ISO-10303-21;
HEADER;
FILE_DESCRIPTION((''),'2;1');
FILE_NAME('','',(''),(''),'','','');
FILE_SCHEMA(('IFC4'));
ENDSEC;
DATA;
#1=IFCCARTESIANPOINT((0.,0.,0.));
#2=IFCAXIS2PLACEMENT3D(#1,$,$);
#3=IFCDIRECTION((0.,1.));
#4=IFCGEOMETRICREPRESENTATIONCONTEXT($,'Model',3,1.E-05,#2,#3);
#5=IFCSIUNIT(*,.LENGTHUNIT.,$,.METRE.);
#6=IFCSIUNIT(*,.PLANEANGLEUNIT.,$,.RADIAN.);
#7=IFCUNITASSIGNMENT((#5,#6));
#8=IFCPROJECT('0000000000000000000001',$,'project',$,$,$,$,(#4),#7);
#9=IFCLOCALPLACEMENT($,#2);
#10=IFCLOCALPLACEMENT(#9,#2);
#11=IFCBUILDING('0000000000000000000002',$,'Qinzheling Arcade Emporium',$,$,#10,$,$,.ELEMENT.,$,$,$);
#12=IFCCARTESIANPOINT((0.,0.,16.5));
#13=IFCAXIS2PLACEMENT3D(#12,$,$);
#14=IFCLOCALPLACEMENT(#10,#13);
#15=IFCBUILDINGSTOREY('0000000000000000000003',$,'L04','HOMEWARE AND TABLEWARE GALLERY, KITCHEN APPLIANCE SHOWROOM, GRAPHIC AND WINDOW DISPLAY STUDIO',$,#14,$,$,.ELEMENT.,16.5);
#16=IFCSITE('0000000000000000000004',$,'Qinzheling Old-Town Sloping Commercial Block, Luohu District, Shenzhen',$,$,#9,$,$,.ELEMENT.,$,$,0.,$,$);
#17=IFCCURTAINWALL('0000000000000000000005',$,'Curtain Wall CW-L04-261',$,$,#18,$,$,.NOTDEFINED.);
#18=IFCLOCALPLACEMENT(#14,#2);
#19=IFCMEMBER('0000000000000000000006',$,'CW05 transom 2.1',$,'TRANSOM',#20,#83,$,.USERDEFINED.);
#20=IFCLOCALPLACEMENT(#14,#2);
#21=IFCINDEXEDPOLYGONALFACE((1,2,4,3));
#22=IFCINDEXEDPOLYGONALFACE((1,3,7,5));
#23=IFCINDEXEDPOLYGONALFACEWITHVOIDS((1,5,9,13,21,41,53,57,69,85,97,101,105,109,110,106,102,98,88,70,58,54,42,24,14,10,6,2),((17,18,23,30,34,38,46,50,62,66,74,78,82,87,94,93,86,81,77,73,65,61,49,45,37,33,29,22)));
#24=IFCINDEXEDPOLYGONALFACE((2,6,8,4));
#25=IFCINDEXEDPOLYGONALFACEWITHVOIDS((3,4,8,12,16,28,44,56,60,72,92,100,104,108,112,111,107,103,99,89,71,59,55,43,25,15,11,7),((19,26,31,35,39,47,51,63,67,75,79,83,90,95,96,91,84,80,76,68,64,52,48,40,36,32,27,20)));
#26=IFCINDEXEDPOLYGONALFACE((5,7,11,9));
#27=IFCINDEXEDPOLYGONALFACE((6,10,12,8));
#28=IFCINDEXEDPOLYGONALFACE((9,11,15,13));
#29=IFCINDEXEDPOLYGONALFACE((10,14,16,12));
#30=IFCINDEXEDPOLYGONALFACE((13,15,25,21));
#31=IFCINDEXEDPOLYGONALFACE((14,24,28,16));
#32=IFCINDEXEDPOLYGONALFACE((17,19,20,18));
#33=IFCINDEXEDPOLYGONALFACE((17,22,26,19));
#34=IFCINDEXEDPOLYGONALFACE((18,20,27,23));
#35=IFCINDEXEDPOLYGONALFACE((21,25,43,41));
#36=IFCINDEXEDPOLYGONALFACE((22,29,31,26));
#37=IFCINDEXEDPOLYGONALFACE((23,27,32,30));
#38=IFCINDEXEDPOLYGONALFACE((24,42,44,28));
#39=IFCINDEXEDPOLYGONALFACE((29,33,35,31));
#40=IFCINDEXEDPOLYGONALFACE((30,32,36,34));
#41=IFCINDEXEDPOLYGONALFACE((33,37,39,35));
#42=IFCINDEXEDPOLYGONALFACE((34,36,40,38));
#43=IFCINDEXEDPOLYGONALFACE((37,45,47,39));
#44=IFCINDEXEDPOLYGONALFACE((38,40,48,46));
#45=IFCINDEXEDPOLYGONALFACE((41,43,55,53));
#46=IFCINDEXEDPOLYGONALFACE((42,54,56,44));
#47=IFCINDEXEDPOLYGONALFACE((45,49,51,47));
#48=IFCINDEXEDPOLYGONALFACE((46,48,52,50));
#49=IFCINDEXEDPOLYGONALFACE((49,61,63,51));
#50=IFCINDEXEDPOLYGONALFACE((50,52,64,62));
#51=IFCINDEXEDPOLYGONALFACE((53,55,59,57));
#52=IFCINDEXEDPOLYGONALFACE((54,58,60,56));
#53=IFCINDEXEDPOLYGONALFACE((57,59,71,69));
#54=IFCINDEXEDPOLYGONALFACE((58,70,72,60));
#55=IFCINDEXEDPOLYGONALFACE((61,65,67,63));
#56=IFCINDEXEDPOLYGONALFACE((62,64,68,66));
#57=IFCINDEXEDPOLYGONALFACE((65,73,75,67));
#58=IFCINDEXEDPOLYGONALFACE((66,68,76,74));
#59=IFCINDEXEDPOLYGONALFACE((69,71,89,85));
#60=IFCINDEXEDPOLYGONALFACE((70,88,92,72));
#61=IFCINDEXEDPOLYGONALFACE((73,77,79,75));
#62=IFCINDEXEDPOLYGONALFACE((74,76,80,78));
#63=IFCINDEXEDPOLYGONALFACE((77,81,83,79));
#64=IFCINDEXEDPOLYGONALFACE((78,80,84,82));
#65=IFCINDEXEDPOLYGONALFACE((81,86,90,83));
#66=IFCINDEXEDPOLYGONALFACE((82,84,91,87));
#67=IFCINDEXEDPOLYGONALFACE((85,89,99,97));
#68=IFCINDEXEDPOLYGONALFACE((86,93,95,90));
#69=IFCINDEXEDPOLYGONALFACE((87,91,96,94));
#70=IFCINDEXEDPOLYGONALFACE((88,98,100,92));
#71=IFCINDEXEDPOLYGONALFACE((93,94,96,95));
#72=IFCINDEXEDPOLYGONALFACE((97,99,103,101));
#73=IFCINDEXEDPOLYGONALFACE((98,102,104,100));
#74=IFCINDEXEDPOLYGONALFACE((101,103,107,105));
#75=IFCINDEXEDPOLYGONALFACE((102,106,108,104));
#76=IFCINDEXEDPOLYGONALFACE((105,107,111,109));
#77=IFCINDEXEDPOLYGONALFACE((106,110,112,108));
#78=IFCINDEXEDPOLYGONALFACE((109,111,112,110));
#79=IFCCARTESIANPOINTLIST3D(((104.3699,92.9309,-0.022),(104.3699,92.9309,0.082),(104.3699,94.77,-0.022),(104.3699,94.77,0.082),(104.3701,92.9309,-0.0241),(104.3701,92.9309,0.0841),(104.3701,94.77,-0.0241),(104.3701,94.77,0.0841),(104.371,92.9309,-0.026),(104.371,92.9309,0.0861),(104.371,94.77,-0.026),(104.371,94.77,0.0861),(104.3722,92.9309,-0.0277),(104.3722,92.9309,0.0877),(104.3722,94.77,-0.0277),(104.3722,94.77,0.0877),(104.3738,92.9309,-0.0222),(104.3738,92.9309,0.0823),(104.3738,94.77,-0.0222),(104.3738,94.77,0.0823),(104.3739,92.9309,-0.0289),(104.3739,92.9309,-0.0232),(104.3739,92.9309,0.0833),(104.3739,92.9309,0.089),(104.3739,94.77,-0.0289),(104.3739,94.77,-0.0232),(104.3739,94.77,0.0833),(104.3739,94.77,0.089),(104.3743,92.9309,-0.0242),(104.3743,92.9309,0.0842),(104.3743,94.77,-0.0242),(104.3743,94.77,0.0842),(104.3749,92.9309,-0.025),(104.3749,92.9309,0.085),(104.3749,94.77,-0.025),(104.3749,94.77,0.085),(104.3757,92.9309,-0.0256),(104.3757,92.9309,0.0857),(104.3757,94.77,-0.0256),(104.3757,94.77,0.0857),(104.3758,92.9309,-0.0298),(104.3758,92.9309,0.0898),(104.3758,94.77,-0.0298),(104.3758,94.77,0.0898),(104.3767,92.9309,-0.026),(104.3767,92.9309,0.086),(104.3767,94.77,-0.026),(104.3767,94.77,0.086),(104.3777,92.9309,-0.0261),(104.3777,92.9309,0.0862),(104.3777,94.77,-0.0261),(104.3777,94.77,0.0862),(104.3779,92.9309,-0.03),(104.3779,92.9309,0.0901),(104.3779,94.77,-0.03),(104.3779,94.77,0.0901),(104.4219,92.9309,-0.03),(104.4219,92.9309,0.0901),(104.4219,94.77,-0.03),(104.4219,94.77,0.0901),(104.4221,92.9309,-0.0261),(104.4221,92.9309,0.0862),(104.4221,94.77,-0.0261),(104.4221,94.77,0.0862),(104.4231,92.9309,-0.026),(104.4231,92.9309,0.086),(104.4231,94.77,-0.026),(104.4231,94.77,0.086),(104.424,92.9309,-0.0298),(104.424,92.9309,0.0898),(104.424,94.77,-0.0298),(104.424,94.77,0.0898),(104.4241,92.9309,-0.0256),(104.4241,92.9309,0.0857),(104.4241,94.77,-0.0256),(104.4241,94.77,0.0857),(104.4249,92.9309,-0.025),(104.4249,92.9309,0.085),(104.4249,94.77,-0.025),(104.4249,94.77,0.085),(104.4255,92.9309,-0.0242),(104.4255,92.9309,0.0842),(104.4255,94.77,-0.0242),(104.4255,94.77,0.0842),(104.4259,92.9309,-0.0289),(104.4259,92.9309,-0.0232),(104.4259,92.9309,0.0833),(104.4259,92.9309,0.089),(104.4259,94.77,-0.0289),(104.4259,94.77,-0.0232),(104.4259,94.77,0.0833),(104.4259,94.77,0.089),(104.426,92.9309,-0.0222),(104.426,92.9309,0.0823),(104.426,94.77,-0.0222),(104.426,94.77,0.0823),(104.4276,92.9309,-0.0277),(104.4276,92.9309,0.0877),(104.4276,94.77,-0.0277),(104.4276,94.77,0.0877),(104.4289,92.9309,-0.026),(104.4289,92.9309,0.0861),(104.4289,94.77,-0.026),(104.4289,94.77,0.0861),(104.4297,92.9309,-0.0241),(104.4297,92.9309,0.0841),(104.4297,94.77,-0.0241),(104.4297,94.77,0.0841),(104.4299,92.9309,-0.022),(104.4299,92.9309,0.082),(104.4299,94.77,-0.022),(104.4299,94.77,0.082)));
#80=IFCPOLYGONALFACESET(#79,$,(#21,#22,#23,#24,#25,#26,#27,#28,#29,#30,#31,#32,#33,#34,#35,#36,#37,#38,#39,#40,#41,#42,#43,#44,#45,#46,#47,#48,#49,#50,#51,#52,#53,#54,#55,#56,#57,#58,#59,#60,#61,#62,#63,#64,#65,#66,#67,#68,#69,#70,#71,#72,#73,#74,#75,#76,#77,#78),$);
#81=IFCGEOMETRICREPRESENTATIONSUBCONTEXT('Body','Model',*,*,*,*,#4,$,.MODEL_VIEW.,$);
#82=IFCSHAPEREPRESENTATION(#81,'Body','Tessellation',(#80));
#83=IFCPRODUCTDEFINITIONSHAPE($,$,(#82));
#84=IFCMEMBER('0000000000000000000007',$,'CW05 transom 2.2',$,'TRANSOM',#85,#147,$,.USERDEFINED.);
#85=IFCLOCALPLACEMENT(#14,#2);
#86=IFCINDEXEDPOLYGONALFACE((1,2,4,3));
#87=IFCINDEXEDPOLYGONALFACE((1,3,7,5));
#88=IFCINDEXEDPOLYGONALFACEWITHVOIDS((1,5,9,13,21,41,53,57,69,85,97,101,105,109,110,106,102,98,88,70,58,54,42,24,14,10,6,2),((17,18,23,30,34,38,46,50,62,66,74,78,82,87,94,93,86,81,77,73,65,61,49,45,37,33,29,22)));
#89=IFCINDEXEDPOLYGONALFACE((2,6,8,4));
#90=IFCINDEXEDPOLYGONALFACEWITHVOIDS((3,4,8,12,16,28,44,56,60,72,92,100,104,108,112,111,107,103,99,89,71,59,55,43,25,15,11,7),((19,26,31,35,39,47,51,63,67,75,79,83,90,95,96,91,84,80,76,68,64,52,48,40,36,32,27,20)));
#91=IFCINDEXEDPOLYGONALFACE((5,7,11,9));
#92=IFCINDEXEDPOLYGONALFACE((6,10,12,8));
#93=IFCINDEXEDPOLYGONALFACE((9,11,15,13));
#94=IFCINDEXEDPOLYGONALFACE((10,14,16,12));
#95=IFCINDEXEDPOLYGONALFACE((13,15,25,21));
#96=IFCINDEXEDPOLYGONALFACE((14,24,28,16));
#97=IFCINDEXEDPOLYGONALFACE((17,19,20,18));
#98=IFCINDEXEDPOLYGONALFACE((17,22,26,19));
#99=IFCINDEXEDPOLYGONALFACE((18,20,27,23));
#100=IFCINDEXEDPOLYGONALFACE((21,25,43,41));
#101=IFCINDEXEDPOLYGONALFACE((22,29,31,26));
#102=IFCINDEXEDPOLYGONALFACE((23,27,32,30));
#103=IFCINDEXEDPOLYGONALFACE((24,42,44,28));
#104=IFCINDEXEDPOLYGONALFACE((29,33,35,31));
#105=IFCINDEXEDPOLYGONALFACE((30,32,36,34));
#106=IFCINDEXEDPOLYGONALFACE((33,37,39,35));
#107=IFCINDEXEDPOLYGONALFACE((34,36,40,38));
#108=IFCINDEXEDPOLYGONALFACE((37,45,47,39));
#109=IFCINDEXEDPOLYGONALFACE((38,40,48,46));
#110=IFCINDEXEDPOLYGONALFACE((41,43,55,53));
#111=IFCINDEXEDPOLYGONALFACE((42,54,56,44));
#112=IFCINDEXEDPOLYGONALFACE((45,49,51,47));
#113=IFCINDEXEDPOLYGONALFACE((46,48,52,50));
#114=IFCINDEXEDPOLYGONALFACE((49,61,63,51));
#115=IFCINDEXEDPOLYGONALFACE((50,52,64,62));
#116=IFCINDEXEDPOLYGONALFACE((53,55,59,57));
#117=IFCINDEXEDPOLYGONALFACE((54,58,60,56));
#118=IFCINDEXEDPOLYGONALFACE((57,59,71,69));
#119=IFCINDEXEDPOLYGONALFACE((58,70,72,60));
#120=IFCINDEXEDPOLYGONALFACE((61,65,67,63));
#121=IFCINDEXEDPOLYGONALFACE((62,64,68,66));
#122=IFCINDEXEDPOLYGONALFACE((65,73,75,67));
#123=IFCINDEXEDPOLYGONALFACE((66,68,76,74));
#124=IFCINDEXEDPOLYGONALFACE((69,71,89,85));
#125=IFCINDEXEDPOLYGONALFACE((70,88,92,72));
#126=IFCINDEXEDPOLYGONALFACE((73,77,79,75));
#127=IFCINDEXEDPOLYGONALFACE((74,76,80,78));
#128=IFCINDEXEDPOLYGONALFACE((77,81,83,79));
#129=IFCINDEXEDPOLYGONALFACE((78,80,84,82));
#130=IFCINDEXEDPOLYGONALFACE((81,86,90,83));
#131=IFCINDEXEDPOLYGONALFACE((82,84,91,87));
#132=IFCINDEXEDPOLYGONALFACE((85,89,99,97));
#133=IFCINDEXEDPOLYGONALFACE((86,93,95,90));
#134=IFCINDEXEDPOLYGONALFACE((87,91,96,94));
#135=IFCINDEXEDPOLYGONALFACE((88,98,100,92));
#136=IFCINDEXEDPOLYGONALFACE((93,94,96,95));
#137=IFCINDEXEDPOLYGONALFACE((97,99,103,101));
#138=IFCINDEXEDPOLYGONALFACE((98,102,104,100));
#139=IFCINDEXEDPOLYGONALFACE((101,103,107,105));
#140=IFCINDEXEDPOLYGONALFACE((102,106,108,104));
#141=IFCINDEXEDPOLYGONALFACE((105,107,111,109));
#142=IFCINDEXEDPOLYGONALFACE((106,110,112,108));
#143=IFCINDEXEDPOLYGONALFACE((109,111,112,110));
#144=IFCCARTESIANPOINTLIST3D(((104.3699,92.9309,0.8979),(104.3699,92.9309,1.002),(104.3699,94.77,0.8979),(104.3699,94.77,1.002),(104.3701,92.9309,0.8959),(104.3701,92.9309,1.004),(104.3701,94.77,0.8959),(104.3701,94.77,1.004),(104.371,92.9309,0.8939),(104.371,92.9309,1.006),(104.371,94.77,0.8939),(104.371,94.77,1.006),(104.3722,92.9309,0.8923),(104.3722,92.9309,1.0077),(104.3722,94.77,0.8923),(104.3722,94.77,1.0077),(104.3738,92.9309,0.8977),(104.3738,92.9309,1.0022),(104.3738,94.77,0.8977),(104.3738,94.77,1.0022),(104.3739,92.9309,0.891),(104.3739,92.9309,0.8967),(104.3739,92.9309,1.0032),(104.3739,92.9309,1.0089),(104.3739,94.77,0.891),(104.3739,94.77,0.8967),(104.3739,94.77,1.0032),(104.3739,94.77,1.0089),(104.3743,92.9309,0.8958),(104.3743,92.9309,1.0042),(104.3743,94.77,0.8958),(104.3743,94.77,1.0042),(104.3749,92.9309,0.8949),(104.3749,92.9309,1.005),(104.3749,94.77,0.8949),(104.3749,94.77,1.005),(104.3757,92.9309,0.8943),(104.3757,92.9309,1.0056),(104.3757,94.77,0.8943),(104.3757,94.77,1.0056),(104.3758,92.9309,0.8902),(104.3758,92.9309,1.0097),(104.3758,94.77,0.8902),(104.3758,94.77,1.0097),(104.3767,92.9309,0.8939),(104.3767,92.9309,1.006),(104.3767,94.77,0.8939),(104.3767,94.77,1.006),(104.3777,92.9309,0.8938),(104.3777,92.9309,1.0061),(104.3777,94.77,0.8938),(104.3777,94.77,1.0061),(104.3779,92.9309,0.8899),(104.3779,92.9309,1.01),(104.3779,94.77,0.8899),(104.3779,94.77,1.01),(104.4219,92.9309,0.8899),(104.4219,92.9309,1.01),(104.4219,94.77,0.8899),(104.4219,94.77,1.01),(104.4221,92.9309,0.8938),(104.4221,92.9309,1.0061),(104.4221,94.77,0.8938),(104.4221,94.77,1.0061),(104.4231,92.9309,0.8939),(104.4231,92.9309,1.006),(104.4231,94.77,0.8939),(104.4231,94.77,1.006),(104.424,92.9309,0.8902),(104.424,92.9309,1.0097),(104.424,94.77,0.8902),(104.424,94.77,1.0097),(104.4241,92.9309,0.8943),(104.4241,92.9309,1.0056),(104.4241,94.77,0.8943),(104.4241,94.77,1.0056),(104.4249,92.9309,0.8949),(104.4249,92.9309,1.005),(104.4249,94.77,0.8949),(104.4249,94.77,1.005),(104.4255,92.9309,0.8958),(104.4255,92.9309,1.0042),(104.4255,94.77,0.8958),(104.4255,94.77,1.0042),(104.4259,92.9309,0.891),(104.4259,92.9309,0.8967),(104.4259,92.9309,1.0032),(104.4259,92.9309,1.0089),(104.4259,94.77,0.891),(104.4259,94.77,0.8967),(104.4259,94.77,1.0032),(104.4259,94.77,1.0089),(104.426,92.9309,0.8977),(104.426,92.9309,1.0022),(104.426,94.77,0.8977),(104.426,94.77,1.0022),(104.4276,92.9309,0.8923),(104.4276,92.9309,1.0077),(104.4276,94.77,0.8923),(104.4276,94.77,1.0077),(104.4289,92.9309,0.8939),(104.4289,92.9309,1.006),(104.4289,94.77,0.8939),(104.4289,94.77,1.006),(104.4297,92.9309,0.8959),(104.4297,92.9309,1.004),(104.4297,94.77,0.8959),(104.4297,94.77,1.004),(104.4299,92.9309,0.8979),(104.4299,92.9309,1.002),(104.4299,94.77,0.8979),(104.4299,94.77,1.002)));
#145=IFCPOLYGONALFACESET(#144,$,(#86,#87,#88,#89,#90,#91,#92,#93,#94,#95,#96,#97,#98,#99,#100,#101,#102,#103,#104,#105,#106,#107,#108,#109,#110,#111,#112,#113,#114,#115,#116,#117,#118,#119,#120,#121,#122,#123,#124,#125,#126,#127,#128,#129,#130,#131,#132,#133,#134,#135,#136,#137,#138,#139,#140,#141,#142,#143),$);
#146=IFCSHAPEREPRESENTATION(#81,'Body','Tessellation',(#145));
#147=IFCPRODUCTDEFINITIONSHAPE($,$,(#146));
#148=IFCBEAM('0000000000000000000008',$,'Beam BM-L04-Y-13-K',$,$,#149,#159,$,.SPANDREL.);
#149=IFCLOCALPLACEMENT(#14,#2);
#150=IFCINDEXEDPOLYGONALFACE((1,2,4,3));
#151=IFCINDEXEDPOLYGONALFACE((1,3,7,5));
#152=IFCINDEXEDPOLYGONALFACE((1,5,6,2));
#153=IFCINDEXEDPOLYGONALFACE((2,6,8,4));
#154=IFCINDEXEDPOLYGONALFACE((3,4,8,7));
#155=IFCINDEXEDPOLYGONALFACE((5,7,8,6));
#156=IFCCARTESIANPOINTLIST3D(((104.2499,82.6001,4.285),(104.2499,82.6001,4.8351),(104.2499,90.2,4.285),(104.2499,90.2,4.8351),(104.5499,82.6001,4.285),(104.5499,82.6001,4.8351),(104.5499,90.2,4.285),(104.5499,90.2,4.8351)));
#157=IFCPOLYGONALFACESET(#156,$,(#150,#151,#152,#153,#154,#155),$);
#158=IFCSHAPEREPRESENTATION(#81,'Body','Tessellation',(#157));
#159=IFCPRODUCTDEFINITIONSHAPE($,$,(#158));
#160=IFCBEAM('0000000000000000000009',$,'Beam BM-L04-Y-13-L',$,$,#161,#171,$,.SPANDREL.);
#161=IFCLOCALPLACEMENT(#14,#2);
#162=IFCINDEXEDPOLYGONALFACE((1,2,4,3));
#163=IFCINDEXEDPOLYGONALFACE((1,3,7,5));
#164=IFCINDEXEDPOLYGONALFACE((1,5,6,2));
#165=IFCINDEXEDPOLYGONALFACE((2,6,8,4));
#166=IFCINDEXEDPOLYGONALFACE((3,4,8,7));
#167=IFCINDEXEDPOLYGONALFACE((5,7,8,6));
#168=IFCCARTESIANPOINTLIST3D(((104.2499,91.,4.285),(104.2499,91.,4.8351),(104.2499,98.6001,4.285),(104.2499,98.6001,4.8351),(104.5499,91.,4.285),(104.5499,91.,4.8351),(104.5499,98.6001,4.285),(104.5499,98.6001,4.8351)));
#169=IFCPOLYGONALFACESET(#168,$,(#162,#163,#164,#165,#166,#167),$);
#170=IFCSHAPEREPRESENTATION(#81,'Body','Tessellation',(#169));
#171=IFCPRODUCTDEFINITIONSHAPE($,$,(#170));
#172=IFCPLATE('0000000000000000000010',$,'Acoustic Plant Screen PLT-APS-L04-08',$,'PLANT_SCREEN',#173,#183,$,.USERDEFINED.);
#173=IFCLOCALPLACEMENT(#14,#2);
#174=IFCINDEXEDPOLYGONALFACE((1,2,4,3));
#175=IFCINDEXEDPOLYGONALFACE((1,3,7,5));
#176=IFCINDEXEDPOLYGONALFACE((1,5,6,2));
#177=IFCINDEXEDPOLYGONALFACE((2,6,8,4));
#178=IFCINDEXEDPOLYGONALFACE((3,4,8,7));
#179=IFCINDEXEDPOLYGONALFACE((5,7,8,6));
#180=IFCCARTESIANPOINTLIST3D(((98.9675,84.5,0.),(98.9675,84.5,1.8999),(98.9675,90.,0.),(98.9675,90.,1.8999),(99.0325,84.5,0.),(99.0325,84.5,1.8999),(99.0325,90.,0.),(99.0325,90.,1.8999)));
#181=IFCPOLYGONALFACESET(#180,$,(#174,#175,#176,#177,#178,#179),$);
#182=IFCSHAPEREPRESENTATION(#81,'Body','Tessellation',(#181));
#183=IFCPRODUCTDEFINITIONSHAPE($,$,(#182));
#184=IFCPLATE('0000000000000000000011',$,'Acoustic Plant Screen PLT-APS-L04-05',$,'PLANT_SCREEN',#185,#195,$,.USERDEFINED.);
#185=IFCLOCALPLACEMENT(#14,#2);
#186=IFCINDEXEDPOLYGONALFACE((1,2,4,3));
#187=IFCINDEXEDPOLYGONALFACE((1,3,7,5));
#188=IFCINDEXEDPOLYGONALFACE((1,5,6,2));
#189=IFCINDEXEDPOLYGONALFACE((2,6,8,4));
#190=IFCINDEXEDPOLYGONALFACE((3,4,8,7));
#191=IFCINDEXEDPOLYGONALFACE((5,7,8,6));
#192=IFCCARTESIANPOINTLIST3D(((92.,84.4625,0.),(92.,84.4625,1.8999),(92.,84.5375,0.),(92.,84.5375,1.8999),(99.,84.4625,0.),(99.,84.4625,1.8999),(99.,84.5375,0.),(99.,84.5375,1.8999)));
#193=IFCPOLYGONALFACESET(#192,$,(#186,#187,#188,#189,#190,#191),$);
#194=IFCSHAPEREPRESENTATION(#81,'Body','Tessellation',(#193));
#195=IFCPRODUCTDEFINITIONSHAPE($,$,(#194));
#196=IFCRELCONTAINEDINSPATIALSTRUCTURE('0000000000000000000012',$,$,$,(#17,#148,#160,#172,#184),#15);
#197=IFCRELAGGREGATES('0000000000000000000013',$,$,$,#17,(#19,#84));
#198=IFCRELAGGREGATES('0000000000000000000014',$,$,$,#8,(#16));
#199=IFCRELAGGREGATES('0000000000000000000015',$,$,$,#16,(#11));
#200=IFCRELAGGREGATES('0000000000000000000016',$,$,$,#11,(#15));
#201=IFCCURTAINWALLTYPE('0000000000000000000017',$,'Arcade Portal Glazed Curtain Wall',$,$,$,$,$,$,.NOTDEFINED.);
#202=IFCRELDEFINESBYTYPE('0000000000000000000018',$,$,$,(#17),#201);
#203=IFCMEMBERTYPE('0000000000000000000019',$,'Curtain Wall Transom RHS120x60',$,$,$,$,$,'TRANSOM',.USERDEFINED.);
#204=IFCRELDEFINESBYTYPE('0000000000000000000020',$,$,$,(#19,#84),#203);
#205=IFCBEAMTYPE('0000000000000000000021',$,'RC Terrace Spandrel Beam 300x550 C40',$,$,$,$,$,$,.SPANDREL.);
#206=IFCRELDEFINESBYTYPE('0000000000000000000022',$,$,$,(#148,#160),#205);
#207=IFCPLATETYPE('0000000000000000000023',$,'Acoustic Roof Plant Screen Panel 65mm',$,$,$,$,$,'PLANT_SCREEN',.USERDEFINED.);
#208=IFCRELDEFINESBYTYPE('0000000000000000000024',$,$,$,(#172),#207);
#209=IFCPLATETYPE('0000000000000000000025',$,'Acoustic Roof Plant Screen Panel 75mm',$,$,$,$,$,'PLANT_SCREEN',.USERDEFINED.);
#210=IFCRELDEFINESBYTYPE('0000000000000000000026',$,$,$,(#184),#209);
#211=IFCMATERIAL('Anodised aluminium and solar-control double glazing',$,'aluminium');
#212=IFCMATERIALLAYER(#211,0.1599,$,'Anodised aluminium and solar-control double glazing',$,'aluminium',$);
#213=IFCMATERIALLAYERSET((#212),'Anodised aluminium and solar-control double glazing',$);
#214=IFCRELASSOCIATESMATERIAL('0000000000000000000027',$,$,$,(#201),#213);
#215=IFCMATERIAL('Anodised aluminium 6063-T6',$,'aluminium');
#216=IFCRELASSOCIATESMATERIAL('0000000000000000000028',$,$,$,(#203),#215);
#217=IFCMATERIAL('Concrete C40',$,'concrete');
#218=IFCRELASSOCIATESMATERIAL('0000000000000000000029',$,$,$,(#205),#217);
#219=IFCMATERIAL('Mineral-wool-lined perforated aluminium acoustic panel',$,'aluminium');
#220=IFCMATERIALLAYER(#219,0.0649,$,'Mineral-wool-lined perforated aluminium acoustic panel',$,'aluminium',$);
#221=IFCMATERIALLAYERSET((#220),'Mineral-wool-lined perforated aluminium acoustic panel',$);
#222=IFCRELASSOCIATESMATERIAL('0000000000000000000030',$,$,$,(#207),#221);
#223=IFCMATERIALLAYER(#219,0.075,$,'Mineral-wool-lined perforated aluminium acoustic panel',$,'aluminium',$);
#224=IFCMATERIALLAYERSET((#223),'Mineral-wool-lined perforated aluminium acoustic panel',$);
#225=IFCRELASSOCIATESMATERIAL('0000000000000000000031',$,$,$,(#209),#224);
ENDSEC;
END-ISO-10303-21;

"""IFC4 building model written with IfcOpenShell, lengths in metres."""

from ifc_helpers import new_model, si_unit, direction, frame, origin, origin_2d, place, context, subcontext, project, spatial, rectangle, hollow_rectangle, extrude, material, layer, layer_set, material_profile, profile_set, type_object, element, aggregate, save


model = new_model("IFC4")

# Units and contexts
model_context = context("Model", 3, precision=1e-05, world=origin(), true_north=direction((0.0, 1.0)))
body_context = subcontext(model_context, "Body", "Model", "MODEL_VIEW")
ifc_project = project(units=[si_unit("LENGTHUNIT", "METRE"), si_unit("PLANEANGLEUNIT", "RADIAN")], contexts=[model_context])

# Site, building, storey
site_placement = place(None, origin())
site = spatial("IfcSite", under=ifc_project, at=site_placement, Name="Qinzheling Old-Town Sloping Commercial Block, Luohu District, Shenzhen", CompositionType="ELEMENT", RefElevation=0.0)
building_placement = place(site_placement, origin())
building = spatial("IfcBuilding", under=site, at=building_placement, Name="Qinzheling Arcade Emporium", CompositionType="ELEMENT")
storey_placement = place(building_placement, frame((0.0, 0.0, 16.5)))
storey = spatial("IfcBuildingStorey", under=building, at=storey_placement, Name="L04", Description="HOMEWARE AND TABLEWARE GALLERY, KITCHEN APPLIANCE SHOWROOM, GRAPHIC AND WINDOW DISPLAY STUDIO", CompositionType="ELEMENT", Elevation=16.5)

# Shared definitions
ifc_material_1 = material(Name="Concrete C40", Category="concrete")

# Curtain wall, members
ifc_material_2 = material(Name="Anodised aluminium and solar-control double glazing", Category="aluminium")
ifc_layer_1 = layer(ifc_material_2, 0.1599, Name="Anodised aluminium and solar-control double glazing", Category="aluminium")
ifc_layer_set_1 = layer_set([ifc_layer_1], Name="Anodised aluminium and solar-control double glazing")
curtain_wall_type = type_object("IfcCurtainWallType", Name="Arcade Portal Glazed Curtain Wall", PredefinedType="NOTDEFINED", material=ifc_layer_set_1)
curtain_wall_placement = place(storey_placement, origin())
curtain_wall = element("IfcCurtainWall", 1, at=curtain_wall_placement, inside=storey, type_object=curtain_wall_type, Name="Curtain Wall CW-L04-261", PredefinedType="NOTDEFINED")
ifc_material_3 = material(Name="Anodised aluminium 6063-T6", Category="aluminium")
ifc_material_profile_1 = material_profile(ifc_material_3, hollow_rectangle(XDim=0.0601, YDim=0.1201, WallThickness=0.0039, InnerFilletRadius=0.0039, OuterFilletRadius=0.0081, at=origin_2d()), Name="RHS 120x60x4", Category="aluminium")
ifc_profile_set_1 = profile_set([ifc_material_profile_1], Name="Anodised aluminium 6063-T6")
member_type_1 = type_object("IfcMemberType", Name="Curtain Wall Transom RHS120x60", ElementType="TRANSOM", PredefinedType="USERDEFINED", material=ifc_profile_set_1)
member_1_placement = place(storey_placement, frame((104.3999, 92.9309, 0.03), z_axis=(0.0, 1.0, 0.0), x_axis=(-1.0, 0.0, 0.0)))
member_1 = element("IfcMember", 2, at=member_1_placement, type_object=member_type_1, Name="CW05 transom 2.1", ObjectType="TRANSOM", PredefinedType="USERDEFINED", context=body_context, shape_type="SweptSolid", body=[
    extrude(hollow_rectangle(XDim=0.0601, YDim=0.1201, WallThickness=0.0039, InnerFilletRadius=0.0039, OuterFilletRadius=0.0081, at=origin_2d()), origin(), (0.0, 0.0, 1.0), 1.8391),
])
member_2_placement = place(storey_placement, frame((104.3999, 92.9309, 0.95), z_axis=(0.0, 1.0, 0.0), x_axis=(-1.0, 0.0, 0.0)))
member_2 = element("IfcMember", 3, at=member_2_placement, type_object=member_type_1, Name="CW05 transom 2.2", ObjectType="TRANSOM", PredefinedType="USERDEFINED", context=body_context, shape_type="SweptSolid", body=[
    extrude(hollow_rectangle(XDim=0.0601, YDim=0.1201, WallThickness=0.0039, InnerFilletRadius=0.0039, OuterFilletRadius=0.0081, at=origin_2d()), origin(), (0.0, 0.0, 1.0), 1.8391),
])

# Beams
ifc_material_profile_2 = material_profile(ifc_material_1, rectangle(XDim=0.3, YDim=0.55, at=origin_2d()), Name="RC 300x550", Category="concrete")
ifc_profile_set_2 = profile_set([ifc_material_profile_2], Name="Concrete C40")
beam_type = type_object("IfcBeamType", Name="RC Terrace Spandrel Beam 300x550 C40", PredefinedType="SPANDREL", material=ifc_profile_set_2)
beam_1_placement = place(storey_placement, frame((104.3999, 82.6001, 4.5601), z_axis=(0.0, 1.0, 0.0), x_axis=(-1.0, 0.0, 0.0)))
element("IfcBeam", 4, at=beam_1_placement, inside=storey, type_object=beam_type, Name="Beam BM-L04-Y-13-K", PredefinedType="SPANDREL", context=body_context, shape_type="SweptSolid", body=[
    extrude(rectangle(XDim=0.3, YDim=0.55, at=origin_2d()), origin(), (0.0, 0.0, 1.0), 7.5999),
])
beam_2_placement = place(storey_placement, frame((104.3999, 91.0, 4.5601), z_axis=(0.0, 1.0, 0.0), x_axis=(-1.0, 0.0, 0.0)))
element("IfcBeam", 5, at=beam_2_placement, inside=storey, type_object=beam_type, Name="Beam BM-L04-Y-13-L", PredefinedType="SPANDREL", context=body_context, shape_type="SweptSolid", body=[
    extrude(rectangle(XDim=0.3, YDim=0.55, at=origin_2d()), origin(), (0.0, 0.0, 1.0), 7.6001),
])

# Plates
ifc_material_4 = material(Name="Mineral-wool-lined perforated aluminium acoustic panel", Category="aluminium")
ifc_layer_2 = layer(ifc_material_4, 0.0649, Name="Mineral-wool-lined perforated aluminium acoustic panel", Category="aluminium")
ifc_layer_set_2 = layer_set([ifc_layer_2], Name="Mineral-wool-lined perforated aluminium acoustic panel")
plate_type_1 = type_object("IfcPlateType", Name="Acoustic Roof Plant Screen Panel 65mm", ElementType="PLANT_SCREEN", PredefinedType="USERDEFINED", material=ifc_layer_set_2)
plate_1_placement = place(storey_placement, frame((99.0, 87.25, 0.0), z_axis=(0.0, 0.0, 1.0), x_axis=(0.0, 1.0, 0.0)))
element("IfcPlate", 6, at=plate_1_placement, inside=storey, type_object=plate_type_1, Name="Acoustic Plant Screen PLT-APS-L04-08", ObjectType="PLANT_SCREEN", PredefinedType="USERDEFINED", context=body_context, shape_type="SweptSolid", body=[
    extrude(rectangle(XDim=5.5, YDim=0.0649, at=origin_2d()), origin(), (0.0, 0.0, 1.0), 1.8999),
])
ifc_layer_3 = layer(ifc_material_4, 0.075, Name="Mineral-wool-lined perforated aluminium acoustic panel", Category="aluminium")
ifc_layer_set_3 = layer_set([ifc_layer_3], Name="Mineral-wool-lined perforated aluminium acoustic panel")
plate_type_2 = type_object("IfcPlateType", Name="Acoustic Roof Plant Screen Panel 75mm", ElementType="PLANT_SCREEN", PredefinedType="USERDEFINED", material=ifc_layer_set_3)
plate_2_placement = place(storey_placement, frame((95.5, 84.5, 0.0), z_axis=(0.0, 0.0, 1.0), x_axis=(1.0, 0.0, 0.0)))
element("IfcPlate", 7, at=plate_2_placement, inside=storey, type_object=plate_type_2, Name="Acoustic Plant Screen PLT-APS-L04-05", ObjectType="PLANT_SCREEN", PredefinedType="USERDEFINED", context=body_context, shape_type="SweptSolid", body=[
    extrude(rectangle(XDim=7.0, YDim=0.075, at=origin_2d()), origin(), (0.0, 0.0, 1.0), 1.8999),
])

aggregate(curtain_wall, [member_1, member_2])

save(model, "model.ifc")
